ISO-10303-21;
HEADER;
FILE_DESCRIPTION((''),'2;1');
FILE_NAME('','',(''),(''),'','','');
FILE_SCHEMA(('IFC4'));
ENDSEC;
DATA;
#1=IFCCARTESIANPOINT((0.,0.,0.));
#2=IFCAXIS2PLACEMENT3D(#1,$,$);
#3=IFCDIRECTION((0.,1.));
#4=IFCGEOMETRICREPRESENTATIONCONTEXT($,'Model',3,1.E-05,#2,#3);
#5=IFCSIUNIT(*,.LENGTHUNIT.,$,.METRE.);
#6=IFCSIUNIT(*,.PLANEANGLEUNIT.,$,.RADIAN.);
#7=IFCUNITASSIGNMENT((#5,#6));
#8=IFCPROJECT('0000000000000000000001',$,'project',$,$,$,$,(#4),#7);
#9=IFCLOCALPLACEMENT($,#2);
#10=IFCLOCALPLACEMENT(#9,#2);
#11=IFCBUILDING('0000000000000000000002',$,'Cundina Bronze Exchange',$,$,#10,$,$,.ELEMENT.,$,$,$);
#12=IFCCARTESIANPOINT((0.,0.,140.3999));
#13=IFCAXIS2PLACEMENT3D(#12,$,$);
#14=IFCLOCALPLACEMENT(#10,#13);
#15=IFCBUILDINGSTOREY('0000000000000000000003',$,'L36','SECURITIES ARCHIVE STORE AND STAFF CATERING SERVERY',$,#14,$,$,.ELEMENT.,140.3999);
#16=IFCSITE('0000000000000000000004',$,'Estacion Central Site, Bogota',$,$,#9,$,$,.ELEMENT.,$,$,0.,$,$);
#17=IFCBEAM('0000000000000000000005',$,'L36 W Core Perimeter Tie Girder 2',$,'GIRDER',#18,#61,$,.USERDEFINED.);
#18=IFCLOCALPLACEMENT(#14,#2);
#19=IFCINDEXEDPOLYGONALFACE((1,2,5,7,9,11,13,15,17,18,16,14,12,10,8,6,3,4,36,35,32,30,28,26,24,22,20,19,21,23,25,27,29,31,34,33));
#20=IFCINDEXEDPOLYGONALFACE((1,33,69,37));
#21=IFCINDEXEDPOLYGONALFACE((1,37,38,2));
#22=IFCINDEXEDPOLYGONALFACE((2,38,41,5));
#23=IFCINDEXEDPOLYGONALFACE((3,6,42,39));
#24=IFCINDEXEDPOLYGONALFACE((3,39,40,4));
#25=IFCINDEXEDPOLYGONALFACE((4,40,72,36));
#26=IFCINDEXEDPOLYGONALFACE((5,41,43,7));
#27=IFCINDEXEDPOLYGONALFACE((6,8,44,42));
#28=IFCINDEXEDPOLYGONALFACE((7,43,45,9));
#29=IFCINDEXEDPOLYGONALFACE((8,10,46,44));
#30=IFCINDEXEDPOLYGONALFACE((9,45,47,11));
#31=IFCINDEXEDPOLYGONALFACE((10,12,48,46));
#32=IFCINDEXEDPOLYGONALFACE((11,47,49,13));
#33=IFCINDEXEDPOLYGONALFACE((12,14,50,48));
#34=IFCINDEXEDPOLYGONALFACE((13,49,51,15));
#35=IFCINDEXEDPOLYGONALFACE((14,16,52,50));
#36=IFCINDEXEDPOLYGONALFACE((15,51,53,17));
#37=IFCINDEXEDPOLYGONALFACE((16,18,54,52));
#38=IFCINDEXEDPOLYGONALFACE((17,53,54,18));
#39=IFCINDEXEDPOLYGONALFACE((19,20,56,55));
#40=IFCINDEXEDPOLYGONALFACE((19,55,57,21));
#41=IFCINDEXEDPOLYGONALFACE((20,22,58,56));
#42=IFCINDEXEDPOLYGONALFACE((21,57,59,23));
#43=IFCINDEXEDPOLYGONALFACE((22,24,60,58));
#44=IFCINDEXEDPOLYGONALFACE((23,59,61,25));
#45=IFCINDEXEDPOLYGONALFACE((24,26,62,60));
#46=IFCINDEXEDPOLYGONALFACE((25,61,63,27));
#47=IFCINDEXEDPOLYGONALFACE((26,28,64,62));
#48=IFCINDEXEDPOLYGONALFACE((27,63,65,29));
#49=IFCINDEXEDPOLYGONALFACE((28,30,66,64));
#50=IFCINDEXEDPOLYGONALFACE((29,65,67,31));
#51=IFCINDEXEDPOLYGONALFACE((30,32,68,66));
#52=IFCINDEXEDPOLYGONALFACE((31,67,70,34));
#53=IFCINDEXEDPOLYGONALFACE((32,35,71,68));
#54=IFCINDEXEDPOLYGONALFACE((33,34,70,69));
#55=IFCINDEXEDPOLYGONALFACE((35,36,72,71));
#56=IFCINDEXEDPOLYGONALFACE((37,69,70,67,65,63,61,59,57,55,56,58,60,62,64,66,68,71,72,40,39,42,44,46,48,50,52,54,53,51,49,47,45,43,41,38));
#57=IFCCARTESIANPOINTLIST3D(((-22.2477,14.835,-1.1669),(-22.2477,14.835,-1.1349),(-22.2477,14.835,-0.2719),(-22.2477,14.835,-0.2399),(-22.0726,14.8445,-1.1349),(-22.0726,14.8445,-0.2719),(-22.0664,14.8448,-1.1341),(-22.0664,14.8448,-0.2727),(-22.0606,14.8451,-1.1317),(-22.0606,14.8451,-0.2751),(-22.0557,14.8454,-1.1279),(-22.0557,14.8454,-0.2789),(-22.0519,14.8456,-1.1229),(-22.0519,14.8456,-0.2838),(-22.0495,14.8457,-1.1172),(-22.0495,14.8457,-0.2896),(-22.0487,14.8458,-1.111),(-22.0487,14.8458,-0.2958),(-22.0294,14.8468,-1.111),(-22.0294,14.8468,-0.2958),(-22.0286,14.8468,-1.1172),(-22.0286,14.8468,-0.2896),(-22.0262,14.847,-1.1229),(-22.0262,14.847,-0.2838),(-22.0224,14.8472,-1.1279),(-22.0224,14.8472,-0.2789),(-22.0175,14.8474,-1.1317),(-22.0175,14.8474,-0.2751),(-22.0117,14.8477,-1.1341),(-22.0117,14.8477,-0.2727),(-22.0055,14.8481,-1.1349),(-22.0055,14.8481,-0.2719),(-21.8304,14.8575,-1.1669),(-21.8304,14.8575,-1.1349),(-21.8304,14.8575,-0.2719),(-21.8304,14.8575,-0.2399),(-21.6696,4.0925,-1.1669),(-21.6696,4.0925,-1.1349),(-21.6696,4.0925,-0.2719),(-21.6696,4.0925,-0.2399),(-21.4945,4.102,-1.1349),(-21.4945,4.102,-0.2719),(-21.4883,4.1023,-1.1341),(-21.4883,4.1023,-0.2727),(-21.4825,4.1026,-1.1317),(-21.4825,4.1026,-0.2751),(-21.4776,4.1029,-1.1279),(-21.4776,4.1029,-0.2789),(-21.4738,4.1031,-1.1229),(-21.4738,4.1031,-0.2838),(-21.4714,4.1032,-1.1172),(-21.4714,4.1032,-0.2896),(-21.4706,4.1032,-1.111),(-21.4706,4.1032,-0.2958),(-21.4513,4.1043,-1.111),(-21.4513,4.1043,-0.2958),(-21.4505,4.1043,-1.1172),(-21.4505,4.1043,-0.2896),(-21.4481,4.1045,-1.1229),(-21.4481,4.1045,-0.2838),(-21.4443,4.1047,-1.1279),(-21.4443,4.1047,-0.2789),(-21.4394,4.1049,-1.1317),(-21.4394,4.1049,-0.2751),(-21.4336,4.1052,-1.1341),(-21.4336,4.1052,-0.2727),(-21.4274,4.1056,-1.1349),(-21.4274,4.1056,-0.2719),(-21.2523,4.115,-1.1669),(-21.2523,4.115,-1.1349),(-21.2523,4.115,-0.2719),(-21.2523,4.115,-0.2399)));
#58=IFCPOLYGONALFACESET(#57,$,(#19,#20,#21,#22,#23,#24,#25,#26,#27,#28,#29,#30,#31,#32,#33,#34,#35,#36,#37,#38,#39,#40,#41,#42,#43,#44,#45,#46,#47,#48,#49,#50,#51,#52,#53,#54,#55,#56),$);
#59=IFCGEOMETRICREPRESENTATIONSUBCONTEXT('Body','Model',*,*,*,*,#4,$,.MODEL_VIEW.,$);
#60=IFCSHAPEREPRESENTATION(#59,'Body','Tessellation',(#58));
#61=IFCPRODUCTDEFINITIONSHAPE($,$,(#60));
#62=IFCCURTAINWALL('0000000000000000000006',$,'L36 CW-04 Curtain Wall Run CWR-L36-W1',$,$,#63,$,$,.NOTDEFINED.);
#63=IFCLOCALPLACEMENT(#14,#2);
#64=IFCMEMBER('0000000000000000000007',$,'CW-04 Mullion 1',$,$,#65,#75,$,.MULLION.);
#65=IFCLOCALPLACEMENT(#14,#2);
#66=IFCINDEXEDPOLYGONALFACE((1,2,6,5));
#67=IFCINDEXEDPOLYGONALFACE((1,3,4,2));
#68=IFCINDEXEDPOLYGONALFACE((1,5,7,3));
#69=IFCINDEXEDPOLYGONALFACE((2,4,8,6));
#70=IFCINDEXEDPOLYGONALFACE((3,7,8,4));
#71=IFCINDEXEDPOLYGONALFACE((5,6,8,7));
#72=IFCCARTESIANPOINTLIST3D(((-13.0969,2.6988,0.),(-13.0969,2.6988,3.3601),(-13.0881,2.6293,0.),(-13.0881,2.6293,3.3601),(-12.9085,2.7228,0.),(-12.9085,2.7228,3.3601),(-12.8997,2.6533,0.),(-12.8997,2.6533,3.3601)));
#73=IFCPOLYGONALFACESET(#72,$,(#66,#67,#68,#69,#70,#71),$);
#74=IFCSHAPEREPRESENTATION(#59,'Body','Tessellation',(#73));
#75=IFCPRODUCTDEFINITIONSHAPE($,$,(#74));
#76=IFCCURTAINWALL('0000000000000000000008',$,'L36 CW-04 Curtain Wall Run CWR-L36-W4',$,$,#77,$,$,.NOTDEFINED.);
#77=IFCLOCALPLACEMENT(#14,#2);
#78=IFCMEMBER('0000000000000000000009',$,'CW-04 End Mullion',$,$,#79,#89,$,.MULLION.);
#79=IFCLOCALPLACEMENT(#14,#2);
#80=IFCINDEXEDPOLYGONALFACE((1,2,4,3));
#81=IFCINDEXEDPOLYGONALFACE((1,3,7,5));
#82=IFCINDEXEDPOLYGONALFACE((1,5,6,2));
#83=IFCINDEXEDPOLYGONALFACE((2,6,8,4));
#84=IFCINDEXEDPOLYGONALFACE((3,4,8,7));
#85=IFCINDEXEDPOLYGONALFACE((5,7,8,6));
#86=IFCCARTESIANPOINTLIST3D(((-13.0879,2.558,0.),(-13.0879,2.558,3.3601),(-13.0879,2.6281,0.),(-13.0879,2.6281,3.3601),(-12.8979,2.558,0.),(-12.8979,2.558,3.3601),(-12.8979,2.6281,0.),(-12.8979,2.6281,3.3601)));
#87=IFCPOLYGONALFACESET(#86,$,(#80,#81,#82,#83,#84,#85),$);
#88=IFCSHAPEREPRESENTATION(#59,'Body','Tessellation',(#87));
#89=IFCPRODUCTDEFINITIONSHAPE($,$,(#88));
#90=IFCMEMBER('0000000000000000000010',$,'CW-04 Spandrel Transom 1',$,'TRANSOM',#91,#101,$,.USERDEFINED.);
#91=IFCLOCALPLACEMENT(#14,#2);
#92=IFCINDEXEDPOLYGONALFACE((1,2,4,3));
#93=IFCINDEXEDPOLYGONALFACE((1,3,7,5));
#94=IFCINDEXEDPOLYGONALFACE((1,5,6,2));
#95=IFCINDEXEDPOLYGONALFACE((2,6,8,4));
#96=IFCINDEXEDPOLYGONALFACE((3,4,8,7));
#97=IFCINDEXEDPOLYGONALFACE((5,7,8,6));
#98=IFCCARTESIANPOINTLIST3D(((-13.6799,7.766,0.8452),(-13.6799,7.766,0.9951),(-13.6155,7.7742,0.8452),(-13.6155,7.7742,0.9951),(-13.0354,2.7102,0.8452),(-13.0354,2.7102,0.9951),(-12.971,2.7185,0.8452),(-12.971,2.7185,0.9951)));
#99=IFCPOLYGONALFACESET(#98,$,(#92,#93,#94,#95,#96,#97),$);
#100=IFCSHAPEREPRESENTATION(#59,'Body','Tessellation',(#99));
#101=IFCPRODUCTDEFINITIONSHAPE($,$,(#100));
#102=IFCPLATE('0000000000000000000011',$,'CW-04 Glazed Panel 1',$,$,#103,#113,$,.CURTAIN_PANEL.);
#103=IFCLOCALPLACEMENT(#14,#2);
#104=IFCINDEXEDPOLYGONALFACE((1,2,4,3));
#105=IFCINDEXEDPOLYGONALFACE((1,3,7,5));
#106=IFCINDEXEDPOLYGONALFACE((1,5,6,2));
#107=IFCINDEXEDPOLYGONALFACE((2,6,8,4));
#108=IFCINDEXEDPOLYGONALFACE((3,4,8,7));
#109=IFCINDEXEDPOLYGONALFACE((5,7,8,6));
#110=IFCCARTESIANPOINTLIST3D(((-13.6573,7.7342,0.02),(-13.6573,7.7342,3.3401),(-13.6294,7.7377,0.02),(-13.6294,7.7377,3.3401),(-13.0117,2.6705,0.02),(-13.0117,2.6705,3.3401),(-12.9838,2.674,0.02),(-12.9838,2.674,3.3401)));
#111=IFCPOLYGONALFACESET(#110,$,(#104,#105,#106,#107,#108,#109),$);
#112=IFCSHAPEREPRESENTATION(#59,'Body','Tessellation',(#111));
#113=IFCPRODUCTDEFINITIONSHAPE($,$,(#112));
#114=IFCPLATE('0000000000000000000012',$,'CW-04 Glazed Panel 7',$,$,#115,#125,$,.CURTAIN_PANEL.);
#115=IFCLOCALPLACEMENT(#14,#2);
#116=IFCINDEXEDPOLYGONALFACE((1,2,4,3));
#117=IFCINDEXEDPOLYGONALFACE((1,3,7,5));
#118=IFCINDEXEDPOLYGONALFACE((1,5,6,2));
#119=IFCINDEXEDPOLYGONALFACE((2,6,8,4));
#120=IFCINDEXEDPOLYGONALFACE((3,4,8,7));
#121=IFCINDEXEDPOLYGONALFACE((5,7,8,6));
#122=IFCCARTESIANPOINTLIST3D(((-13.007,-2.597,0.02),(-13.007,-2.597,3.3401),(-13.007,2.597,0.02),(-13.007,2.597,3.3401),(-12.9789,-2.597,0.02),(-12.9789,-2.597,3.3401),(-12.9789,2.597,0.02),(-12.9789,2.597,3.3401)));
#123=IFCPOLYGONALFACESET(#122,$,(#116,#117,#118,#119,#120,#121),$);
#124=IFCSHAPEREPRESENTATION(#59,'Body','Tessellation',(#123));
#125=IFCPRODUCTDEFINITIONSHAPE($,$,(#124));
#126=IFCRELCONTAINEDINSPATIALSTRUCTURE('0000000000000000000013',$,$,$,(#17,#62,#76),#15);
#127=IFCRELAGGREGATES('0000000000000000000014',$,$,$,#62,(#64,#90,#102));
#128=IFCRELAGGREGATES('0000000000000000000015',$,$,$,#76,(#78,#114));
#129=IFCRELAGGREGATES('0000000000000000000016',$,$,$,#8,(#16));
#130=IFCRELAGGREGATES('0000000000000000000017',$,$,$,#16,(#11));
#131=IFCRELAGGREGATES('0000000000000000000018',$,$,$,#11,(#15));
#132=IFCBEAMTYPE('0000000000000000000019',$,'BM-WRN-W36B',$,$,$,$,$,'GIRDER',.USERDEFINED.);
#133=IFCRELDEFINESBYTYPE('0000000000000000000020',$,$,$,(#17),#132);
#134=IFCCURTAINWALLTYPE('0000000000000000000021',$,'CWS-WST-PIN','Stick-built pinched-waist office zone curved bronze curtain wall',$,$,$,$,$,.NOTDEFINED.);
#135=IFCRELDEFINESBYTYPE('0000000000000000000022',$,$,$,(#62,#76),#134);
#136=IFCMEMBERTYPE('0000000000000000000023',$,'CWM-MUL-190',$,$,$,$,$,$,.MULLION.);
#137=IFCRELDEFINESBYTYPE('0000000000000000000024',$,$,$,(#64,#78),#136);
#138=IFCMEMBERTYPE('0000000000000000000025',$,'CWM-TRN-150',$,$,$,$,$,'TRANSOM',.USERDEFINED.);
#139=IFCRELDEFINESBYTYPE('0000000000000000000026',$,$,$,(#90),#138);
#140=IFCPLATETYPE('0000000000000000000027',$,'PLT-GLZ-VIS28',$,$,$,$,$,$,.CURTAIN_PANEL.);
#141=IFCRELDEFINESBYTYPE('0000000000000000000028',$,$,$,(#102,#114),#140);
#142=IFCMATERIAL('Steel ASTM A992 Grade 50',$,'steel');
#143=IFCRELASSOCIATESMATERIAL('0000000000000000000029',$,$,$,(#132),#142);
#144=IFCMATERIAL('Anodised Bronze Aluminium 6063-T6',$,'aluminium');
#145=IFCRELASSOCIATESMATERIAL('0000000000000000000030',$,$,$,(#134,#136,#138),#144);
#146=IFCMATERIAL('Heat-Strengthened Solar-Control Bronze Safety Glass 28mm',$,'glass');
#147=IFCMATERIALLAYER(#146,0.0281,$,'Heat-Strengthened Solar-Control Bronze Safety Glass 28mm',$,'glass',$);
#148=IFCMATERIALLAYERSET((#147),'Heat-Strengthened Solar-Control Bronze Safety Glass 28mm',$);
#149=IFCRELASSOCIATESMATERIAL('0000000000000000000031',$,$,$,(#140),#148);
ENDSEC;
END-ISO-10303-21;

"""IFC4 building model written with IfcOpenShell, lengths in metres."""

from ifc_helpers import new_model, si_unit, direction, frame, origin, origin_2d, place, context, subcontext, project, spatial, rectangle, i_section, extrude, material, layer, layer_set, material_profile, profile_set, type_object, element, aggregate, save


model = new_model("IFC4")

# Units and contexts
model_context = context("Model", 3, precision=1e-05, world=origin(), true_north=direction((0.0, 1.0)))
body_context = subcontext(model_context, "Body", "Model", "MODEL_VIEW")
ifc_project = project(units=[si_unit("LENGTHUNIT", "METRE"), si_unit("PLANEANGLEUNIT", "RADIAN")], contexts=[model_context])

# Site, building, storey
site_placement = place(None, origin())
site = spatial("IfcSite", under=ifc_project, at=site_placement, Name="Estacion Central Site, Bogota", CompositionType="ELEMENT", RefElevation=0.0)
building_placement = place(site_placement, origin())
building = spatial("IfcBuilding", under=site, at=building_placement, Name="Cundina Bronze Exchange", CompositionType="ELEMENT")
storey_placement = place(building_placement, frame((0.0, 0.0, 140.3999)))
storey = spatial("IfcBuildingStorey", under=building, at=storey_placement, Name="L36", Description="SECURITIES ARCHIVE STORE AND STAFF CATERING SERVERY", CompositionType="ELEMENT", Elevation=140.3999)

# Shared definitions
ifc_material_1 = material(Name="Steel ASTM A992 Grade 50", Category="steel")

# Beam
ifc_material_profile_1 = material_profile(ifc_material_1, i_section(OverallWidth=0.418, OverallDepth=0.927, WebThickness=0.0193, FlangeThickness=0.032, FilletRadius=0.0239, at=origin_2d()), Name="W36X231", Category="steel")
ifc_profile_set_1 = profile_set([ifc_material_profile_1], Name="Steel ASTM A992 Grade 50")
beam_type_1 = type_object("IfcBeamType", Name="BM-WRN-W36B", ElementType="GIRDER", PredefinedType="USERDEFINED", material=ifc_profile_set_1)
beam_1_placement = place(storey_placement, frame((-21.4609, 4.1038, -0.7034), z_axis=(-0.053739, 0.998555, 0.0), x_axis=(-0.998555, -0.053739, 0.0)))
element("IfcBeam", 1, at=beam_1_placement, inside=storey, type_object=beam_type_1, Name="L36 W Core Perimeter Tie Girder 2", ObjectType="GIRDER", PredefinedType="USERDEFINED", context=body_context, shape_type="SweptSolid", body=[
    extrude(i_section(OverallWidth=0.418, OverallDepth=0.927, WebThickness=0.0193, FlangeThickness=0.032, FilletRadius=0.0239, at=origin_2d()), origin(), (0.0, 0.0, 1.0), 10.7581),
])

# Curtain walls, members
ifc_material_2 = material(Name="Anodised Bronze Aluminium 6063-T6", Category="aluminium")
curtain_wall_type = type_object("IfcCurtainWallType", Name="CWS-WST-PIN", Description="Stick-built pinched-waist office zone curved bronze curtain wall", PredefinedType="NOTDEFINED", material=ifc_material_2)
curtain_wall_1_placement = place(storey_placement, origin())
curtain_wall_1 = element("IfcCurtainWall", 2, at=curtain_wall_1_placement, inside=storey, type_object=curtain_wall_type, Name="L36 CW-04 Curtain Wall Run CWR-L36-W1", PredefinedType="NOTDEFINED")
ifc_material_profile_2 = material_profile(ifc_material_2, rectangle(XDim=0.0701, YDim=0.1899, at=origin_2d()), Name="AL70X190", Category="aluminium")
ifc_profile_set_2 = profile_set([ifc_material_profile_2], Name="Anodised Bronze Aluminium 6063-T6")
member_type_1 = type_object("IfcMemberType", Name="CWM-MUL-190", PredefinedType="MULLION", material=ifc_profile_set_2)
member_1_placement = place(storey_placement, frame((-12.9983, 2.676, 0.0), z_axis=(0.0, 0.0, 1.0), x_axis=(-0.126545, 0.991961, 0.0)))
member_1 = element("IfcMember", 3, at=member_1_placement, type_object=member_type_1, Name="CW-04 Mullion 1", PredefinedType="MULLION", context=body_context, shape_type="SweptSolid", body=[
    extrude(rectangle(XDim=0.0701, YDim=0.1899, at=origin_2d()), origin(), (0.0, 0.0, 1.0), 3.3601),
])
curtain_wall_2_placement = place(storey_placement, origin())
curtain_wall_2 = element("IfcCurtainWall", 4, at=curtain_wall_2_placement, inside=storey, type_object=curtain_wall_type, Name="L36 CW-04 Curtain Wall Run CWR-L36-W4", PredefinedType="NOTDEFINED")
member_2_placement = place(storey_placement, frame((-12.9929, 2.593, 0.0), z_axis=(0.0, 0.0, 1.0), x_axis=(0.0, 1.0, 0.0)))
member_2 = element("IfcMember", 5, at=member_2_placement, type_object=member_type_1, Name="CW-04 End Mullion", PredefinedType="MULLION", context=body_context, shape_type="SweptSolid", body=[
    extrude(rectangle(XDim=0.0701, YDim=0.1899, at=origin_2d()), origin(), (0.0, 0.0, 1.0), 3.3601),
])

# Member
ifc_material_profile_3 = material_profile(ifc_material_2, rectangle(XDim=0.0649, YDim=0.1499, at=origin_2d()), Name="AL65X150", Category="aluminium")
ifc_profile_set_3 = profile_set([ifc_material_profile_3], Name="Anodised Bronze Aluminium 6063-T6")
member_type_2 = type_object("IfcMemberType", Name="CWM-TRN-150", ElementType="TRANSOM", PredefinedType="USERDEFINED", material=ifc_profile_set_3)
member_3_placement = place(storey_placement, frame((-13.0032, 2.7144, 0.9202), z_axis=(-0.126463, 0.991971, 0.0), x_axis=(-0.991971, -0.126463, 0.0)))
member_3 = element("IfcMember", 6, at=member_3_placement, type_object=member_type_2, Name="CW-04 Spandrel Transom 1", ObjectType="TRANSOM", PredefinedType="USERDEFINED", context=body_context, shape_type="SweptSolid", body=[
    extrude(rectangle(XDim=0.0649, YDim=0.1499, at=origin_2d()), origin(), (0.0, 0.0, 1.0), 5.0967),
])

# Plates
ifc_material_3 = material(Name="Heat-Strengthened Solar-Control Bronze Safety Glass 28mm", Category="glass")
ifc_layer_1 = layer(ifc_material_3, 0.0281, Name="Heat-Strengthened Solar-Control Bronze Safety Glass 28mm", Category="glass")
ifc_layer_set_1 = layer_set([ifc_layer_1], Name="Heat-Strengthened Solar-Control Bronze Safety Glass 28mm")
plate_type = type_object("IfcPlateType", Name="PLT-GLZ-VIS28", PredefinedType="CURTAIN_PANEL", material=ifc_layer_set_1)
plate_1_placement = place(storey_placement, frame((-13.3206, 5.2041, 0.02), z_axis=(0.0, 0.0, 1.0), x_axis=(-0.126476, 0.99197, 0.0)))
plate_1 = element("IfcPlate", 7, at=plate_1_placement, type_object=plate_type, Name="CW-04 Glazed Panel 1", PredefinedType="CURTAIN_PANEL", context=body_context, shape_type="SweptSolid", body=[
    extrude(rectangle(XDim=5.1047, YDim=0.0281, at=origin_2d()), origin(), (0.0, 0.0, 1.0), 3.3201),
])
aggregate(curtain_wall_1, [member_1, member_3, plate_1])
plate_2_placement = place(storey_placement, frame((-12.9929, 0.0, 0.02), z_axis=(0.0, 0.0, 1.0), x_axis=(0.0, 1.0, 0.0)))
plate_2 = element("IfcPlate", 8, at=plate_2_placement, type_object=plate_type, Name="CW-04 Glazed Panel 7", PredefinedType="CURTAIN_PANEL", context=body_context, shape_type="SweptSolid", body=[
    extrude(rectangle(XDim=5.1941, YDim=0.0281, at=origin_2d()), origin(), (0.0, 0.0, 1.0), 3.3201),
])
aggregate(curtain_wall_2, [member_2, plate_2])

save(model, "model.ifc")
